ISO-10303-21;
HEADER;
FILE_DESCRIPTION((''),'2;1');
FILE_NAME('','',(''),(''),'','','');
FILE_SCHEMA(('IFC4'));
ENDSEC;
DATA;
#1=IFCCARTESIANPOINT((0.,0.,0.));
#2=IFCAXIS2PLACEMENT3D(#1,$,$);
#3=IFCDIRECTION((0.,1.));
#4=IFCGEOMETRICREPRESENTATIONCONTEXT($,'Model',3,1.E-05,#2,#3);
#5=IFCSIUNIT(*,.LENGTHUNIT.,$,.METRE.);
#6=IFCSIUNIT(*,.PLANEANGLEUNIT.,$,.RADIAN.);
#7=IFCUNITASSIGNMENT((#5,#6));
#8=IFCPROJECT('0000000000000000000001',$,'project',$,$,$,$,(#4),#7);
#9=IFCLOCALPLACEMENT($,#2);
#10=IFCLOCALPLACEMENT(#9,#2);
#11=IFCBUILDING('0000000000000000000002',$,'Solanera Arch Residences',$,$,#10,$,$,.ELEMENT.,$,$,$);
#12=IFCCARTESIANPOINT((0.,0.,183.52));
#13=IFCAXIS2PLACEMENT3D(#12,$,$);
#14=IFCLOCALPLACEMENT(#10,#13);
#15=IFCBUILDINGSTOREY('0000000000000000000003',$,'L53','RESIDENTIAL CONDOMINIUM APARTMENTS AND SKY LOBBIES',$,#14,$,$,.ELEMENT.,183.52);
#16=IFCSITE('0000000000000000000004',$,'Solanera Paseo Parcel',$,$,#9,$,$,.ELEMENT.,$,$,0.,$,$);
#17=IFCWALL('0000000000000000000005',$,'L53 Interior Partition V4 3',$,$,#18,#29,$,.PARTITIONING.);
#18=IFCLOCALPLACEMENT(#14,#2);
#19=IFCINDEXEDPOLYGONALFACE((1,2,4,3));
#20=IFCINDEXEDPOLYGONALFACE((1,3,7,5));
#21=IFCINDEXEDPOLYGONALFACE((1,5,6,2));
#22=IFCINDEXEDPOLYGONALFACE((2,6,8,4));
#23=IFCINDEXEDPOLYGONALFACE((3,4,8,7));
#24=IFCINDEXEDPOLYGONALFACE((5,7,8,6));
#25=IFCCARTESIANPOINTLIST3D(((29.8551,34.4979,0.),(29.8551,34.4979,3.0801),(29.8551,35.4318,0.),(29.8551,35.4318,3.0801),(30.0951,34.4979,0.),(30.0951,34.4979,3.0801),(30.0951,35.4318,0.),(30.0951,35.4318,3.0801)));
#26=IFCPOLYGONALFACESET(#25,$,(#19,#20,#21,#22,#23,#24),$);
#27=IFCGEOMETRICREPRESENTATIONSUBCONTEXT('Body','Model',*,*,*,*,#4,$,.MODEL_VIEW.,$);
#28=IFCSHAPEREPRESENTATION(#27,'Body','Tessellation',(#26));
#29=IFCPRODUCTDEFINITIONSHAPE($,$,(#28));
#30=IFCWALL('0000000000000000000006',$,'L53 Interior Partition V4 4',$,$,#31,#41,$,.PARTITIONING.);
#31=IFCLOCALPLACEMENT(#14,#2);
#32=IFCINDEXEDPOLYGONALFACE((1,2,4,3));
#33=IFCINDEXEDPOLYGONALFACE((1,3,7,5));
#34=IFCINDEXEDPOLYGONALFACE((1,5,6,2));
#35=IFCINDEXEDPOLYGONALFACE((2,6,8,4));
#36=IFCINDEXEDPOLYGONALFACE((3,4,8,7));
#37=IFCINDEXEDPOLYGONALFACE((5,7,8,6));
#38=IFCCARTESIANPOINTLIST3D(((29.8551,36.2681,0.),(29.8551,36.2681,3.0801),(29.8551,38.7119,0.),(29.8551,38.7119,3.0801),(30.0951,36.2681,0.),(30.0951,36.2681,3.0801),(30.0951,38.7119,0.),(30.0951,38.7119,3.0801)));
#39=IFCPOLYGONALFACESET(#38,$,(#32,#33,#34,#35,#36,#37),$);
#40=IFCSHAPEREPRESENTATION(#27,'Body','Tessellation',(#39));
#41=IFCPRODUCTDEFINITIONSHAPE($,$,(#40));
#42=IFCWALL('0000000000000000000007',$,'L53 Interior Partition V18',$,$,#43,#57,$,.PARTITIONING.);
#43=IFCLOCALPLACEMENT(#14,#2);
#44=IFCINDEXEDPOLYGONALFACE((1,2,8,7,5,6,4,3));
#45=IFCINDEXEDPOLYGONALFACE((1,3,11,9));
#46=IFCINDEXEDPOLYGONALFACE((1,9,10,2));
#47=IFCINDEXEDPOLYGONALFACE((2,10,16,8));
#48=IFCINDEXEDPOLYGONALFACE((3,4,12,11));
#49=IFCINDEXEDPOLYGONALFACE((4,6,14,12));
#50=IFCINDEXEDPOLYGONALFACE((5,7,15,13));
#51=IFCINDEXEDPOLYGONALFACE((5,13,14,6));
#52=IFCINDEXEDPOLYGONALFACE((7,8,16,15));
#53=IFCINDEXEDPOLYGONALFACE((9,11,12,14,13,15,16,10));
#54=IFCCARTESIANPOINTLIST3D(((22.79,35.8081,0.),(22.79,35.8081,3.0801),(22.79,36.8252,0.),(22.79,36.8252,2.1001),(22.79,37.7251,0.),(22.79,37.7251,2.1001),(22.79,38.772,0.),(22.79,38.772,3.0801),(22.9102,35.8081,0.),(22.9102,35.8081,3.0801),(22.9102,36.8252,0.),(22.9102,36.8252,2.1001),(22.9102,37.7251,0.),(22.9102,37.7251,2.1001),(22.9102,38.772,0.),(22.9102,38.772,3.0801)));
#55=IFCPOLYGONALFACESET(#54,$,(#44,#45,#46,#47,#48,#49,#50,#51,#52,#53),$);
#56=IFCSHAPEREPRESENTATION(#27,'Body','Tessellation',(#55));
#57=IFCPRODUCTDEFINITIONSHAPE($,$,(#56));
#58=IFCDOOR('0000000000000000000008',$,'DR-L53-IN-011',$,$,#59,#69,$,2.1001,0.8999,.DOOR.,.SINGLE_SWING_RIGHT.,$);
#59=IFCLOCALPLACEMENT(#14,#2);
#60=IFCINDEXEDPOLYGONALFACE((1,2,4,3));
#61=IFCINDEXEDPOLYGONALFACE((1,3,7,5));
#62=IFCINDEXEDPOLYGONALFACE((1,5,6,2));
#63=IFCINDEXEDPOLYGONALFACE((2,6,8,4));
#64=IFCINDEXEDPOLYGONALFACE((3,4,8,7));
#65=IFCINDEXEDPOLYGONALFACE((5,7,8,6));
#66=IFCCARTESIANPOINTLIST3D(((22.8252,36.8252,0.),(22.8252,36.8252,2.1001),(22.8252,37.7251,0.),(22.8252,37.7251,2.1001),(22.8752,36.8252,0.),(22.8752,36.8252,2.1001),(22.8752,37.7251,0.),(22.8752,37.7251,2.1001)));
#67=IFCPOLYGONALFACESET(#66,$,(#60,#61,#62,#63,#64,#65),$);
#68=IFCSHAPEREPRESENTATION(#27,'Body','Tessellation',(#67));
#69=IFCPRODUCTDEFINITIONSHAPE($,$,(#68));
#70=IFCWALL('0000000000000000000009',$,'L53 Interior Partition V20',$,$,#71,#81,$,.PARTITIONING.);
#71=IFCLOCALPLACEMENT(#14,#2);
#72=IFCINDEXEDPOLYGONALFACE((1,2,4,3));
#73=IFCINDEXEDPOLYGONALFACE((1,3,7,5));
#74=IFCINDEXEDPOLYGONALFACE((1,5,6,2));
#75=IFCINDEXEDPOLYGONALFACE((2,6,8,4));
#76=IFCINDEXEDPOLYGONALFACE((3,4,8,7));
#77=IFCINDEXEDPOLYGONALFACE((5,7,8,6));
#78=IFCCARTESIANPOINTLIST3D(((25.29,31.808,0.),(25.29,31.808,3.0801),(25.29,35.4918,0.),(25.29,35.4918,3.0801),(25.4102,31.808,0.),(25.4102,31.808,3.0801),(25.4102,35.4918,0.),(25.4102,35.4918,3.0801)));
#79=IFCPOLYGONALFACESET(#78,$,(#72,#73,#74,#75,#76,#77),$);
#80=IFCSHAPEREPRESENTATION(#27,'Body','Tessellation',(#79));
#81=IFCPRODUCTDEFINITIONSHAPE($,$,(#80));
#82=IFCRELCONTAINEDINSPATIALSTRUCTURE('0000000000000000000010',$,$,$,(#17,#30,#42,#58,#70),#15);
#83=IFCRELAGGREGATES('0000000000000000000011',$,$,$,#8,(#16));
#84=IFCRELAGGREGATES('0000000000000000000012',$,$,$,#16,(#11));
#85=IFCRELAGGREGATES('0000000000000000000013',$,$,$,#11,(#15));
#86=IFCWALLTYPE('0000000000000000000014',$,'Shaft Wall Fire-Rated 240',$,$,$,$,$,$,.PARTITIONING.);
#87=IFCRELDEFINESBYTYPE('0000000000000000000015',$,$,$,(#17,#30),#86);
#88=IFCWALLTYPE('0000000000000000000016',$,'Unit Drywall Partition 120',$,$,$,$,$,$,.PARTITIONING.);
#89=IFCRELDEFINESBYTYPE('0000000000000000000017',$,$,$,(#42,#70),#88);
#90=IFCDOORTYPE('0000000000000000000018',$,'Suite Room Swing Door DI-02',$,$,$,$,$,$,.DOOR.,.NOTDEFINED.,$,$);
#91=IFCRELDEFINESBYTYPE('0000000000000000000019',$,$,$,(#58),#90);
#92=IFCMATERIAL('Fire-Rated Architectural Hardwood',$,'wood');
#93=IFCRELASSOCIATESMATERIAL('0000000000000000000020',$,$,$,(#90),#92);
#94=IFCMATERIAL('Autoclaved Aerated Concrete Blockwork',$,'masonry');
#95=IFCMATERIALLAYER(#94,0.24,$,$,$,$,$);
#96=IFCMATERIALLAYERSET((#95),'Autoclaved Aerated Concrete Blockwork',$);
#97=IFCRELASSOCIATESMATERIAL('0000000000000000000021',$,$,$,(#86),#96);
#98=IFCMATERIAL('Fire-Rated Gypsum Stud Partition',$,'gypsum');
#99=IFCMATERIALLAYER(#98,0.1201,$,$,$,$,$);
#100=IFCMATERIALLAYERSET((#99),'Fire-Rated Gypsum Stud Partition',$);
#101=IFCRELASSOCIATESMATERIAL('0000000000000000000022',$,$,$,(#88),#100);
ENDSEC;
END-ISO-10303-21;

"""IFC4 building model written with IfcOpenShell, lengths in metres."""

from ifc_helpers import new_model, si_unit, direction, frame, frame_2d, origin, place, context, subcontext, project, spatial, rectangle, extrude, material, layer, layer_set, type_object, element, fill, save


model = new_model("IFC4")

# Units and contexts
model_context = context("Model", 3, precision=1e-05, world=origin(), true_north=direction((0.0, 1.0)))
body_context = subcontext(model_context, "Body", "Model", "MODEL_VIEW")
ifc_project = project(units=[si_unit("LENGTHUNIT", "METRE"), si_unit("PLANEANGLEUNIT", "RADIAN")], contexts=[model_context])

# Site, building, storey
site_placement = place(None, origin())
site = spatial("IfcSite", under=ifc_project, at=site_placement, Name="Solanera Paseo Parcel", CompositionType="ELEMENT", RefElevation=0.0)
building_placement = place(site_placement, origin())
building = spatial("IfcBuilding", under=site, at=building_placement, Name="Solanera Arch Residences", CompositionType="ELEMENT")
storey_placement = place(building_placement, frame((0.0, 0.0, 183.52)))
storey = spatial("IfcBuildingStorey", under=building, at=storey_placement, Name="L53", Description="RESIDENTIAL CONDOMINIUM APARTMENTS AND SKY LOBBIES", CompositionType="ELEMENT", Elevation=183.52)

# Shared definitions
ifc_material_1 = material(Name="Fire-Rated Architectural Hardwood", Category="wood")
door_type_1 = type_object("IfcDoorType", Name="Suite Room Swing Door DI-02", OperationType="NOTDEFINED", PredefinedType="DOOR", material=ifc_material_1)
ifc_material_2 = material(Name="Autoclaved Aerated Concrete Blockwork", Category="masonry")
ifc_layer_1 = layer(ifc_material_2, 0.24)
ifc_layer_set_1 = layer_set([ifc_layer_1], Name="Autoclaved Aerated Concrete Blockwork")
wall_type_1 = type_object("IfcWallType", Name="Shaft Wall Fire-Rated 240", PredefinedType="PARTITIONING", material=ifc_layer_set_1)

# Walls
wall_1_placement = place(storey_placement, frame((29.9751, 34.498, 0.0), z_axis=(0.0, 0.0, 1.0), x_axis=(0.0, 1.0, 0.0)))
element("IfcWall", 1, at=wall_1_placement, inside=storey, type_object=wall_type_1, Name="L53 Interior Partition V4 3", PredefinedType="PARTITIONING", context=body_context, shape_type="SweptSolid", body=[
    extrude(rectangle(XDim=0.9338, YDim=0.24, at=frame_2d((0.4668, 0.0))), origin(), (0.0, 0.0, 1.0), 3.0801),
])
wall_2_placement = place(storey_placement, frame((29.9751, 36.2681, 0.0), z_axis=(0.0, 0.0, 1.0), x_axis=(0.0, 1.0, 0.0)))
element("IfcWall", 2, at=wall_2_placement, inside=storey, type_object=wall_type_1, Name="L53 Interior Partition V4 4", PredefinedType="PARTITIONING", context=body_context, shape_type="SweptSolid", body=[
    extrude(rectangle(XDim=2.4438, YDim=0.24, at=frame_2d((1.2219, 0.0))), origin(), (0.0, 0.0, 1.0), 3.0801),
])

# Wall, opening, door
ifc_material_3 = material(Name="Fire-Rated Gypsum Stud Partition", Category="gypsum")
ifc_layer_2 = layer(ifc_material_3, 0.1201)
ifc_layer_set_2 = layer_set([ifc_layer_2], Name="Fire-Rated Gypsum Stud Partition")
wall_type_2 = type_object("IfcWallType", Name="Unit Drywall Partition 120", PredefinedType="PARTITIONING", material=ifc_layer_set_2)
wall_3_placement = place(storey_placement, frame((22.8501, 35.8081, 0.0), z_axis=(0.0, 0.0, 1.0), x_axis=(0.0, 1.0, 0.0)))
wall_3 = element("IfcWall", 3, at=wall_3_placement, inside=storey, type_object=wall_type_2, Name="L53 Interior Partition V18", PredefinedType="PARTITIONING", context=body_context, shape_type="SweptSolid", body=[
    extrude(rectangle(XDim=2.9639, YDim=0.1201, at=frame_2d((1.4819, 0.0))), origin(), (0.0, 0.0, 1.0), 3.0801),
])
opening_1_placement = place(wall_3_placement, frame((1.0171, 0.0, 0.0)))
opening_1 = element("IfcOpeningElement", 4, at=opening_1_placement, cuts=wall_3, PredefinedType="OPENING", context=body_context, shape_type="SweptSolid", body=[
    extrude(rectangle(XDim=0.8999, YDim=2.1001, at=frame_2d((0.45, 1.05))), frame((0.0, 0.0701, 0.0), z_axis=(0.0, -1.0, 0.0), x_axis=(1.0, 0.0, 0.0)), (0.0, 0.0, 1.0), 0.1401),
])
door_1_placement = place(opening_1_placement, origin())
door_1 = element("IfcDoor", 5, at=door_1_placement, inside=storey, type_object=door_type_1, Name="DR-L53-IN-011", OperationType="SINGLE_SWING_RIGHT", OverallHeight=2.1001, OverallWidth=0.8999, PredefinedType="DOOR", context=body_context, shape_type="SweptSolid", body=[
    extrude(rectangle(XDim=0.8999, YDim=2.1001, at=frame_2d((0.45, 1.05))), frame((0.0, 0.0249, 0.0), z_axis=(0.0, -1.0, 0.0), x_axis=(1.0, 0.0, 0.0)), (0.0, 0.0, 1.0), 0.05),
])
fill(opening_1, door_1)

# Wall
wall_4_placement = place(storey_placement, frame((25.3501, 31.8081, 0.0), z_axis=(0.0, 0.0, 1.0), x_axis=(0.0, 1.0, 0.0)))
element("IfcWall", 6, at=wall_4_placement, inside=storey, type_object=wall_type_2, Name="L53 Interior Partition V20", PredefinedType="PARTITIONING", context=body_context, shape_type="SweptSolid", body=[
    extrude(rectangle(XDim=3.6838, YDim=0.1201, at=frame_2d((1.8418, 0.0))), origin(), (0.0, 0.0, 1.0), 3.0801),
])

save(model, "model.ifc")
